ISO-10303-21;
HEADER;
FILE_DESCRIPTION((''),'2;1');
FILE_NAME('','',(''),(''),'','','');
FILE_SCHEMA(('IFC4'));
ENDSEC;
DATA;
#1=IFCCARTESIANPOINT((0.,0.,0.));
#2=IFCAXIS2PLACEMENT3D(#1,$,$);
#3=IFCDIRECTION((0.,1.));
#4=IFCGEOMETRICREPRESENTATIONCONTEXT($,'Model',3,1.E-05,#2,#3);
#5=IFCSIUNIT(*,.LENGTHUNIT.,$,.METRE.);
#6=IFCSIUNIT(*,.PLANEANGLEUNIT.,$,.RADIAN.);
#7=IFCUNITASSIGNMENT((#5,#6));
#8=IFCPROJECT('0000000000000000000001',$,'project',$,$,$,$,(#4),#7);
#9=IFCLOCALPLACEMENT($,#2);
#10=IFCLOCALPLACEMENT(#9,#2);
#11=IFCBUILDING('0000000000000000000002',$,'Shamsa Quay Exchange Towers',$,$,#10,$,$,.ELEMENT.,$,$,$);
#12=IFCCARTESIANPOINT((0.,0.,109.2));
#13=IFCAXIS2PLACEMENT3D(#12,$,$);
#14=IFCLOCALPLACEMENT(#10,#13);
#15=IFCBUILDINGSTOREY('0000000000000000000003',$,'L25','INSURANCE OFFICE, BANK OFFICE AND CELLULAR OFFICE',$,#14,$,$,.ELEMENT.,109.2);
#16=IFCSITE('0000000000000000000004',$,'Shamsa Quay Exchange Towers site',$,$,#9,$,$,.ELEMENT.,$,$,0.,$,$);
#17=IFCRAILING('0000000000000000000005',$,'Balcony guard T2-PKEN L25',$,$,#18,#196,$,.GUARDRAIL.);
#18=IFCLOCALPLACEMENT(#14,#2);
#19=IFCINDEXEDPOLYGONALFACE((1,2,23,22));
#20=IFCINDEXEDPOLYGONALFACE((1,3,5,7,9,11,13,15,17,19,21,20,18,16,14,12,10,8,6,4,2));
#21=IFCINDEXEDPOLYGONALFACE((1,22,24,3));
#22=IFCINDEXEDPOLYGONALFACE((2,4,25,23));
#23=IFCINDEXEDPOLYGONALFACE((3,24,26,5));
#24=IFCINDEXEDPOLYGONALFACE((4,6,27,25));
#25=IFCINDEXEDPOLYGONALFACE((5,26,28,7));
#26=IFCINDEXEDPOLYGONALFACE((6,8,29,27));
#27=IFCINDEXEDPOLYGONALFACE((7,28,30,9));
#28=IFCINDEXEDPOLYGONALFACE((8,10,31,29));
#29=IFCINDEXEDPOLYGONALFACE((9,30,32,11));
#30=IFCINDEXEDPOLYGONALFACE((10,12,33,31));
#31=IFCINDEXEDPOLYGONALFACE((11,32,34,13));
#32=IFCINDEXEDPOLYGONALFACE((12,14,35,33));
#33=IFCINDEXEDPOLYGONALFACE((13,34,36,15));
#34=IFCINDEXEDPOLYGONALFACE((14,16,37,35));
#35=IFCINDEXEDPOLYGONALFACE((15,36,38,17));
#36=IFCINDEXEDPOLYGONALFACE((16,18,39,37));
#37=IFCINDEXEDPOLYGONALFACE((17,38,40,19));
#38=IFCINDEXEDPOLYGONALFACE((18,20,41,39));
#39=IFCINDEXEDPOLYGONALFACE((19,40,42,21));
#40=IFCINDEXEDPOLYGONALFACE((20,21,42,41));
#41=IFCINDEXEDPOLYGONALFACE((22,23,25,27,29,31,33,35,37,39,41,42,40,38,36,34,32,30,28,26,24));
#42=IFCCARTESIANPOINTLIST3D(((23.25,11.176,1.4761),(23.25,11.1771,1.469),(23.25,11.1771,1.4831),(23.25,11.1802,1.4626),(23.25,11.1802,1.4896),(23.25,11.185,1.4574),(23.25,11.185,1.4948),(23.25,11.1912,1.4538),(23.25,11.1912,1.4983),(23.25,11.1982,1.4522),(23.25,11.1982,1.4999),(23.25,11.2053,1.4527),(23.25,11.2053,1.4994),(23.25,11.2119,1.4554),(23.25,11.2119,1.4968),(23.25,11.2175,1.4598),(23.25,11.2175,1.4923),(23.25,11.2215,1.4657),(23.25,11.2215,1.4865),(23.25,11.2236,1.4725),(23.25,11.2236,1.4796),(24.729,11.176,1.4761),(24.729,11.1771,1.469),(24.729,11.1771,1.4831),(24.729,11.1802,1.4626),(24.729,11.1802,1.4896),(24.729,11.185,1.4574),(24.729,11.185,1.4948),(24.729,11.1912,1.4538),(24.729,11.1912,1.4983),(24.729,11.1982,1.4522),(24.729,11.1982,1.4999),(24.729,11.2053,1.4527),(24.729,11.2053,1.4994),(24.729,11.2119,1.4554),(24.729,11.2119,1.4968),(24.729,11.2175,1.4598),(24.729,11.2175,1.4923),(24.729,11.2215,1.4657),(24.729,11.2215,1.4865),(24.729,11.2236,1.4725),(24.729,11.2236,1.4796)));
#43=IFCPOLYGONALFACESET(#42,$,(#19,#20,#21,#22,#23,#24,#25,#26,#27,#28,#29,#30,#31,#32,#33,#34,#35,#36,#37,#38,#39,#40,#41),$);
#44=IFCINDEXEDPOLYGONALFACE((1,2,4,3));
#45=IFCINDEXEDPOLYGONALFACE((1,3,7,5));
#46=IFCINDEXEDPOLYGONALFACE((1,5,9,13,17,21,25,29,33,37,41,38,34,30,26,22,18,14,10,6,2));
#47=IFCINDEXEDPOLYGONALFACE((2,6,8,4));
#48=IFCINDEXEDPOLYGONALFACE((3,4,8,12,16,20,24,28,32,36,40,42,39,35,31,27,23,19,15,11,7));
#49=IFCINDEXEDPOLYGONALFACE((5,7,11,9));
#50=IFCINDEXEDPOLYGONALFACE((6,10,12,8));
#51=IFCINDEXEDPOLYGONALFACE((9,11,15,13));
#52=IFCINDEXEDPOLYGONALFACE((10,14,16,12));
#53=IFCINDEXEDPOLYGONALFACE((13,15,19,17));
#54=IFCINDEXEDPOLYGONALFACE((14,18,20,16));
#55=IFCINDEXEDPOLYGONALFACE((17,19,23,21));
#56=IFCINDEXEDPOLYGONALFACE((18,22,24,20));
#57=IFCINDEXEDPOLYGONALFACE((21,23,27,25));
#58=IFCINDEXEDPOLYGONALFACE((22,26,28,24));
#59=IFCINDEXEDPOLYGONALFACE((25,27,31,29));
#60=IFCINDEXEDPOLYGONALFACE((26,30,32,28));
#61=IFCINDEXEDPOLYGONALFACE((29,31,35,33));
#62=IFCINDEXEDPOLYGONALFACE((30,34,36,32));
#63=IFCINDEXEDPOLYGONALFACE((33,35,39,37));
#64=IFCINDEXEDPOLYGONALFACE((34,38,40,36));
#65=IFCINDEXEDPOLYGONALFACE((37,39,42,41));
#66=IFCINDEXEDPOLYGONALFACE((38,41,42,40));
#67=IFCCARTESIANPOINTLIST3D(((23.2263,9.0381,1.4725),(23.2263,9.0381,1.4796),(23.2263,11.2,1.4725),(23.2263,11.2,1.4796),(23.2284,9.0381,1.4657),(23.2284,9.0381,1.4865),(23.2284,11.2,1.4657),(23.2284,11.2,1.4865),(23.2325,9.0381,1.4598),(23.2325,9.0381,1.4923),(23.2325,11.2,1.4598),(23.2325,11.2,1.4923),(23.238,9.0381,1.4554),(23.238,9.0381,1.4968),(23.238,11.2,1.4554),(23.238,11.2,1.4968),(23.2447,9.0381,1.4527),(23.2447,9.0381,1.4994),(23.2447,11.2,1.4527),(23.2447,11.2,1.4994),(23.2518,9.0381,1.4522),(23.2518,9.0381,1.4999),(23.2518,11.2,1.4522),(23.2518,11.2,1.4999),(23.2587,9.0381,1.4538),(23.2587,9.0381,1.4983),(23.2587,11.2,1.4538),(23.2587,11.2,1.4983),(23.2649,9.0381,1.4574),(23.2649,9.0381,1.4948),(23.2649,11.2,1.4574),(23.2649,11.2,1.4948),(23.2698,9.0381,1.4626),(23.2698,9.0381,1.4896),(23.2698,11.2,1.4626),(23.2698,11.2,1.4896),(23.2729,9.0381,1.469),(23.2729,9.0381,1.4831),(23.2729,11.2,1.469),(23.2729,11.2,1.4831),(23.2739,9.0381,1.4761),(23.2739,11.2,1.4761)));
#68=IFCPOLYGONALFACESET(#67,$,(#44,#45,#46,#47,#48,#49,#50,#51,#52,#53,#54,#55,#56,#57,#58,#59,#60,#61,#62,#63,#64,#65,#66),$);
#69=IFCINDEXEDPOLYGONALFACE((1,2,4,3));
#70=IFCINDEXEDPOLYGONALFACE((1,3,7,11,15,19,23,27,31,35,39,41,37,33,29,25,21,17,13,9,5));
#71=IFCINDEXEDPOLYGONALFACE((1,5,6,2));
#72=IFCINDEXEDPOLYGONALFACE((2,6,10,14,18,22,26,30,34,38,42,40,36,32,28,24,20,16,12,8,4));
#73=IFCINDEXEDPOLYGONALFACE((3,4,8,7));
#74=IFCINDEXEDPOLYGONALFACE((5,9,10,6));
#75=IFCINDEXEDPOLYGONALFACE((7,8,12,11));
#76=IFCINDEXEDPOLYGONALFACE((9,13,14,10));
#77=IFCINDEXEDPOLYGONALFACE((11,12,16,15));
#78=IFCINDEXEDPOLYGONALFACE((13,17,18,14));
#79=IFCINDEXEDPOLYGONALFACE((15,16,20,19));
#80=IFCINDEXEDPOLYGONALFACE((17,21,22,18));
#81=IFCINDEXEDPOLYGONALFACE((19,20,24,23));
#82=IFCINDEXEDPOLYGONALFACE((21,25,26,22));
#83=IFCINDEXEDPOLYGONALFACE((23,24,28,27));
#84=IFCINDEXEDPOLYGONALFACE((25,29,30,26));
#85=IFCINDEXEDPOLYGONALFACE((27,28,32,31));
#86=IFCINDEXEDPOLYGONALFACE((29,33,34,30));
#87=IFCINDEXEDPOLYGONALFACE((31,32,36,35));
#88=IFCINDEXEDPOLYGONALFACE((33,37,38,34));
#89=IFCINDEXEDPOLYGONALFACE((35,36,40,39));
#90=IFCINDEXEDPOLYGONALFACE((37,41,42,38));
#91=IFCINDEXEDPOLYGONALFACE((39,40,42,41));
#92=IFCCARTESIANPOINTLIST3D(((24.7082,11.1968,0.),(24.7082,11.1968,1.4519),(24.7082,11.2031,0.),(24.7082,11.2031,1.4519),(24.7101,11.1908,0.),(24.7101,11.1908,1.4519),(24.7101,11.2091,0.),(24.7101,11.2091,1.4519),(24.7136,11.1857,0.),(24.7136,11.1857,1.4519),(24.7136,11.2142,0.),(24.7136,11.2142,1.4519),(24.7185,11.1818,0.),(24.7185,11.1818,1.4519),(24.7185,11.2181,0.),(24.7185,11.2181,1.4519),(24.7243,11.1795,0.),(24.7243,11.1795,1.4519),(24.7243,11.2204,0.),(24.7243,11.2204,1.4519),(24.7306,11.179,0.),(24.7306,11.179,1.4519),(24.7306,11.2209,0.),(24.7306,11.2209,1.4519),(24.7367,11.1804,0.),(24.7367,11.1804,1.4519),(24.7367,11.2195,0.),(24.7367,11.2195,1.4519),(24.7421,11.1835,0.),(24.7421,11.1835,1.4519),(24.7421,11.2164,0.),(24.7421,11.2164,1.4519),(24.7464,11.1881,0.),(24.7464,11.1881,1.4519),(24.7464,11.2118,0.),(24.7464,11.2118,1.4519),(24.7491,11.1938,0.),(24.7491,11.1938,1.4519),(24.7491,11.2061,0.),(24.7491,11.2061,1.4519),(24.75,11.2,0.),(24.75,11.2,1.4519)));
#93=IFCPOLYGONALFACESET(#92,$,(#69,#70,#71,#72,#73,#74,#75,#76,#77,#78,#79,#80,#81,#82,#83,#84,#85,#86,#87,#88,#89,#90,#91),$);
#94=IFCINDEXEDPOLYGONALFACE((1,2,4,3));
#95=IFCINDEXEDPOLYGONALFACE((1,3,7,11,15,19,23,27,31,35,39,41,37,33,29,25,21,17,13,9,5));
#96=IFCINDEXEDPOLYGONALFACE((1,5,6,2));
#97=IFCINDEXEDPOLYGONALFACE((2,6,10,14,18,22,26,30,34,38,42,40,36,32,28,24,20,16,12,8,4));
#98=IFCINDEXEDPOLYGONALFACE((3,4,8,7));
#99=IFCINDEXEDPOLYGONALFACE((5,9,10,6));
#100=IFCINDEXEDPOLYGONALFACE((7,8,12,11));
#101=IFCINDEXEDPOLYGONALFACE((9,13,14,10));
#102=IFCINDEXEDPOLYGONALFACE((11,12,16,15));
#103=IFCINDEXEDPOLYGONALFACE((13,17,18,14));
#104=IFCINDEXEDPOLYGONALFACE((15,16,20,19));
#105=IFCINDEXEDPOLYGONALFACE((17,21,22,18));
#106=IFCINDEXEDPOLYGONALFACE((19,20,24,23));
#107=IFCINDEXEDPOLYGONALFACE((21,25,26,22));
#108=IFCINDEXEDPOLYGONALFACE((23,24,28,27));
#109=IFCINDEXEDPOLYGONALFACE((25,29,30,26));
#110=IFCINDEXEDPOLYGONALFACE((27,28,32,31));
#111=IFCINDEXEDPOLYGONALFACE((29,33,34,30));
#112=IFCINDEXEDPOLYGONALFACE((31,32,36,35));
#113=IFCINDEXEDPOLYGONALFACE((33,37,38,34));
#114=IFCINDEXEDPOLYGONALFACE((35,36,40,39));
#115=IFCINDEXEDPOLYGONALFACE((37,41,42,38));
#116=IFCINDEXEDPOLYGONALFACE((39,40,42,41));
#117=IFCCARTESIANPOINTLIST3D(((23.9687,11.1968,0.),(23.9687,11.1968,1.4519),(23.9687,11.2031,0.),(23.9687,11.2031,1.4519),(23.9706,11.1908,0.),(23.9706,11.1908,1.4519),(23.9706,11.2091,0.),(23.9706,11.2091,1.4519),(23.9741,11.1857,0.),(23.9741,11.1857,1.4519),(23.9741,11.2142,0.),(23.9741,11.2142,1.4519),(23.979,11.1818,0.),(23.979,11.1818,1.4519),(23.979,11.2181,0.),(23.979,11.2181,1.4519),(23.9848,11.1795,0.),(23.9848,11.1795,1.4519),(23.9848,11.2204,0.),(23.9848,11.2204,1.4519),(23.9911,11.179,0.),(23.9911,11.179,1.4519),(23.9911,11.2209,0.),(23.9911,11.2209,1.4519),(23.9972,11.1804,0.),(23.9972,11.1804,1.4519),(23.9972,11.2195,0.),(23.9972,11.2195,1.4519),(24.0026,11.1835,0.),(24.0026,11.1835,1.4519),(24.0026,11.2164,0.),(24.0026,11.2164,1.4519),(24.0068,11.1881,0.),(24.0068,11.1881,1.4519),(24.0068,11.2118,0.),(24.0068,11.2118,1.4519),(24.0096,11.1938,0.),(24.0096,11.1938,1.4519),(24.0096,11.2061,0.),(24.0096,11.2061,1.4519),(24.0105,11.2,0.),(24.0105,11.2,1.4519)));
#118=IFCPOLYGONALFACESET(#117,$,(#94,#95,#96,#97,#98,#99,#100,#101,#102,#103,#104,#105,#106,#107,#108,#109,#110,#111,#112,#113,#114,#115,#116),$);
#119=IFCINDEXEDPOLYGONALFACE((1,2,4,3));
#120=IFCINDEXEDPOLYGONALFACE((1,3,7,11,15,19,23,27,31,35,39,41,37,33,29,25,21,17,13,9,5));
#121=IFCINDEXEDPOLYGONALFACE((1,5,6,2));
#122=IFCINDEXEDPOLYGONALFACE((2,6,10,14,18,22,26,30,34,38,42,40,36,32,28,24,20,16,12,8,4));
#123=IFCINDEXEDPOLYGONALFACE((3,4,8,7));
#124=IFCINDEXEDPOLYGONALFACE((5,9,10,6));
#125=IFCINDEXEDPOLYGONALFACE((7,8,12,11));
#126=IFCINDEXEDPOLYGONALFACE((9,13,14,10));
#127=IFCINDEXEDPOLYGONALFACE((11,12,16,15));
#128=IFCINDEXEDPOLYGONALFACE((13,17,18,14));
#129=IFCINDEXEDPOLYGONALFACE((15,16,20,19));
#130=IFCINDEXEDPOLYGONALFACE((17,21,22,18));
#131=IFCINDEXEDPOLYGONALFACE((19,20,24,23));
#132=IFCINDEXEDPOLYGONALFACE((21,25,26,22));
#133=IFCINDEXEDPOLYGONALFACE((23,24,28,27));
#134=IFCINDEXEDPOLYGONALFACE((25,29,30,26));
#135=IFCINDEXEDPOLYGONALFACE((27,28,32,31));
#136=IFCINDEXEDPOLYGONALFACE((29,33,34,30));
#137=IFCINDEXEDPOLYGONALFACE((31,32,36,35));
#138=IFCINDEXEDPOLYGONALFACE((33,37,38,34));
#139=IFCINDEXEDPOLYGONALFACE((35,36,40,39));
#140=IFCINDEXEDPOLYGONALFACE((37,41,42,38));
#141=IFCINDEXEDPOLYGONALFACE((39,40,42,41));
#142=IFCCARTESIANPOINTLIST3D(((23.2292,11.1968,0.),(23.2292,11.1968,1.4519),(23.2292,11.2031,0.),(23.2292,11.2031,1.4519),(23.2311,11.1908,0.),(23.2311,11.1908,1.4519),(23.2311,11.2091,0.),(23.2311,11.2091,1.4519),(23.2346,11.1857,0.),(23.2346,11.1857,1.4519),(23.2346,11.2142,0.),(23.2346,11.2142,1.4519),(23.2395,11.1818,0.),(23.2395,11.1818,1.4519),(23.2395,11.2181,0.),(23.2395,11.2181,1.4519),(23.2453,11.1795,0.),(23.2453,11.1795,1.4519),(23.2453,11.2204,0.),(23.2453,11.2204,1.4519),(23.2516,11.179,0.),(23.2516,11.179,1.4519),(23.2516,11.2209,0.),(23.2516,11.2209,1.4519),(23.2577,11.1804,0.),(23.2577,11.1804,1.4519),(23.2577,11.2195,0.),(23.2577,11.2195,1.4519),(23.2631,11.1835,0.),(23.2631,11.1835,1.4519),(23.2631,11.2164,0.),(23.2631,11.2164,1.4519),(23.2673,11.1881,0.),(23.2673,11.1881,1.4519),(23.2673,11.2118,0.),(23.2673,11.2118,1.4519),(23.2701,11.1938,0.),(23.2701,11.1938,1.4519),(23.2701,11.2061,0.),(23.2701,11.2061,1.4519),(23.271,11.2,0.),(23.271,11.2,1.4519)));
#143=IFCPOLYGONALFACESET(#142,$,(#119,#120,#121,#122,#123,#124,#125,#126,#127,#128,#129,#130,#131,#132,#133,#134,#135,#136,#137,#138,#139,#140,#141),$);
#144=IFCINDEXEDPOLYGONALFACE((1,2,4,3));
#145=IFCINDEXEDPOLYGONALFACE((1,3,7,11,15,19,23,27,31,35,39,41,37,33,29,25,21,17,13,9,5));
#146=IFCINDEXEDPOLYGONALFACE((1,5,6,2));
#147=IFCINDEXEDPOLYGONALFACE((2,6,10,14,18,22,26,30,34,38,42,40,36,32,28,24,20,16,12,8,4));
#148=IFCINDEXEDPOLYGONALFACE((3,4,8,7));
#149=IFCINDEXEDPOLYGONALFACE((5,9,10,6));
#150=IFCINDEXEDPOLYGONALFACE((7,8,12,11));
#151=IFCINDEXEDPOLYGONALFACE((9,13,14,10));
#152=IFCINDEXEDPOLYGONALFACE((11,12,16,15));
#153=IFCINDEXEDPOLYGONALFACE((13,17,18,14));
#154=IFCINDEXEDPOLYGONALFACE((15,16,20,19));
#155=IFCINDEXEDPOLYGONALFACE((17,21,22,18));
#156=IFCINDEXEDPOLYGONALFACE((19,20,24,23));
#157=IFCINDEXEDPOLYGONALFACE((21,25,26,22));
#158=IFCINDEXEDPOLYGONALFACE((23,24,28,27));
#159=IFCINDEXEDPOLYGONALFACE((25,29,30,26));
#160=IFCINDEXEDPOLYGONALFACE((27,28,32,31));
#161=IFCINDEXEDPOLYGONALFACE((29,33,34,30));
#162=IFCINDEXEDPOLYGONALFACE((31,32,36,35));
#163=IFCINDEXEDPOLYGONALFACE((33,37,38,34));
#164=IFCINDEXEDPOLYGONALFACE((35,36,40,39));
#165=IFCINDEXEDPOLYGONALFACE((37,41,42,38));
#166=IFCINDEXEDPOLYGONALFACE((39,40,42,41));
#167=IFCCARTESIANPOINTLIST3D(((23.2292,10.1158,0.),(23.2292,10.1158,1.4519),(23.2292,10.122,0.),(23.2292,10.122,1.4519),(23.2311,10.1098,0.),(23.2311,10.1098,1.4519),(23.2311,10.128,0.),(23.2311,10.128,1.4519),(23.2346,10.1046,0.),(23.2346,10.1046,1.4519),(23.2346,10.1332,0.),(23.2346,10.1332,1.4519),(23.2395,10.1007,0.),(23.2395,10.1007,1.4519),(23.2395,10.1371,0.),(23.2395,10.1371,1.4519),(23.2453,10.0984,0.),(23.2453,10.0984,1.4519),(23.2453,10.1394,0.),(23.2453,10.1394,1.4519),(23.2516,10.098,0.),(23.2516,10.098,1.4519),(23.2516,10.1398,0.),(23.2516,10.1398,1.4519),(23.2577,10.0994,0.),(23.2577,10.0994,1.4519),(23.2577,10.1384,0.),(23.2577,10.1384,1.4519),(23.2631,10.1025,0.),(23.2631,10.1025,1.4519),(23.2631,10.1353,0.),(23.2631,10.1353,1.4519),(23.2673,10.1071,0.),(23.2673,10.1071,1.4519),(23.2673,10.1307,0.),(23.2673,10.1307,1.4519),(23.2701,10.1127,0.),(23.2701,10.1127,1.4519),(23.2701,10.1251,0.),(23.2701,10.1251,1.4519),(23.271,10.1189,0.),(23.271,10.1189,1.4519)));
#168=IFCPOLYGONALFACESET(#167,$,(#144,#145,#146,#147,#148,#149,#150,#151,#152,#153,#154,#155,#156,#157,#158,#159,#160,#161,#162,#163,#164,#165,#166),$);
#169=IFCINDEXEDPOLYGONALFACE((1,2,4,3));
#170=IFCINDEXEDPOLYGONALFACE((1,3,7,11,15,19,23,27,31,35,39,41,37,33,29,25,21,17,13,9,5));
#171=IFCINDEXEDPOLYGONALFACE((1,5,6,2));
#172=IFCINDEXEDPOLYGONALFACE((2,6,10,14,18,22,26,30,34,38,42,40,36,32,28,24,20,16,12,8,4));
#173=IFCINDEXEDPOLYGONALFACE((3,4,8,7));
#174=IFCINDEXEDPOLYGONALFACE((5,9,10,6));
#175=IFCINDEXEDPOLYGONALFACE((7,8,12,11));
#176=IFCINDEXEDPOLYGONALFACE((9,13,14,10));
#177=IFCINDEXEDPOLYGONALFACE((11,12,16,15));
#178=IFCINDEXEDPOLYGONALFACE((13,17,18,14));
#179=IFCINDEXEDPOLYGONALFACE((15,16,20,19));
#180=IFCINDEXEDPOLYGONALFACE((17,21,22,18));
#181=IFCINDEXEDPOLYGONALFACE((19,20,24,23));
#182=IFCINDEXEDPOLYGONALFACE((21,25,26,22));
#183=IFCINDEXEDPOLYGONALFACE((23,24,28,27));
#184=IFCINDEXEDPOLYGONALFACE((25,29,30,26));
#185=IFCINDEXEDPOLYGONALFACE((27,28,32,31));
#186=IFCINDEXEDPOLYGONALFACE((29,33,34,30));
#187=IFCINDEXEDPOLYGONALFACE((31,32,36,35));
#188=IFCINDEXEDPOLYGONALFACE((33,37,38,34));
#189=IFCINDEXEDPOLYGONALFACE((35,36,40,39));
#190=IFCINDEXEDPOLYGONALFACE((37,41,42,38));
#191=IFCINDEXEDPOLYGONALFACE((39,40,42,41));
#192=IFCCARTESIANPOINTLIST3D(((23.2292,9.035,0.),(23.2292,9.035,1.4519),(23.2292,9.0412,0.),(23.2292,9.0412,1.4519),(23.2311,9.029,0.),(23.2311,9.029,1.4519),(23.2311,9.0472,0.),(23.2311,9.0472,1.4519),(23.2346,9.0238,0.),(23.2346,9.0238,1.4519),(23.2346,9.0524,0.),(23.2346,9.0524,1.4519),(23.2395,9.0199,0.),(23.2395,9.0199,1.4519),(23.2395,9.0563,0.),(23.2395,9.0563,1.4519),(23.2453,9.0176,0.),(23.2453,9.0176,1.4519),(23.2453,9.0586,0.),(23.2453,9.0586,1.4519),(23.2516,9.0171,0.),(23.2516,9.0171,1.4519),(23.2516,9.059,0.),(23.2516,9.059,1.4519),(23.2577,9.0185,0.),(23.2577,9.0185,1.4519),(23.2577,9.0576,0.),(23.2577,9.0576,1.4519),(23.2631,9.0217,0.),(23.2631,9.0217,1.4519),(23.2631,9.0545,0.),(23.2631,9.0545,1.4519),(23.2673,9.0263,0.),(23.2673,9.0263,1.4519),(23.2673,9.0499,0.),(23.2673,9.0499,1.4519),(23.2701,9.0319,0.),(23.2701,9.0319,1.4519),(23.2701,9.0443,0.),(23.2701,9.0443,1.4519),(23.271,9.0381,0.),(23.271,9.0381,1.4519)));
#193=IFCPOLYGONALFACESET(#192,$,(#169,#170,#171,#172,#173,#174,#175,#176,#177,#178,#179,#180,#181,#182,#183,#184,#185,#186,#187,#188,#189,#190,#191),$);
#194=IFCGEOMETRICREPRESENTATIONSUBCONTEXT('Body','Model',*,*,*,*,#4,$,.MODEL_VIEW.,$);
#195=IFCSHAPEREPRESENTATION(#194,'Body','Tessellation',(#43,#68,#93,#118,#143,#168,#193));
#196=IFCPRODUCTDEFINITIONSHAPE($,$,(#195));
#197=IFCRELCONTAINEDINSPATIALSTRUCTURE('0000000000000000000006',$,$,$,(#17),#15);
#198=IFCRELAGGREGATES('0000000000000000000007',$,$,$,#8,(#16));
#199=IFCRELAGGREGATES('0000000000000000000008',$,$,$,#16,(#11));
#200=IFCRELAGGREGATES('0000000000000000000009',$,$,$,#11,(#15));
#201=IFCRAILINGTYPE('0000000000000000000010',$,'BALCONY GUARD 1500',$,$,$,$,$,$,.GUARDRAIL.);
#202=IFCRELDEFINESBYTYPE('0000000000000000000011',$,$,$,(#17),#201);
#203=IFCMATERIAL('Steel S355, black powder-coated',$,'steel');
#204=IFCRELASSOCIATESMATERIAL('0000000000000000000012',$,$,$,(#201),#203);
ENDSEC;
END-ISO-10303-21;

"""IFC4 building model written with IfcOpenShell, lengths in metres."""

from ifc_helpers import new_model, si_unit, direction, frame, origin, origin_2d, place, context, subcontext, project, spatial, circle, extrude, material, type_object, element, save


model = new_model("IFC4")

# Units and contexts
model_context = context("Model", 3, precision=1e-05, world=origin(), true_north=direction((0.0, 1.0)))
body_context = subcontext(model_context, "Body", "Model", "MODEL_VIEW")
ifc_project = project(units=[si_unit("LENGTHUNIT", "METRE"), si_unit("PLANEANGLEUNIT", "RADIAN")], contexts=[model_context])

# Site, building, storey
site_placement = place(None, origin())
site = spatial("IfcSite", under=ifc_project, at=site_placement, Name="Shamsa Quay Exchange Towers site", CompositionType="ELEMENT", RefElevation=0.0)
building_placement = place(site_placement, origin())
building = spatial("IfcBuilding", under=site, at=building_placement, Name="Shamsa Quay Exchange Towers", CompositionType="ELEMENT")
storey_placement = place(building_placement, frame((0.0, 0.0, 109.2)))
storey = spatial("IfcBuildingStorey", under=building, at=storey_placement, Name="L25", Description="INSURANCE OFFICE, BANK OFFICE AND CELLULAR OFFICE", CompositionType="ELEMENT", Elevation=109.2)

# Railing
ifc_material_1 = material(Name="Steel S355, black powder-coated", Category="steel")
railing_type = type_object("IfcRailingType", Name="BALCONY GUARD 1500", PredefinedType="GUARDRAIL", material=ifc_material_1)
for number, where, name in (
    (1, (24.729, 11.2, 0.0), "Balcony guard T2-PKEN L25"),
):
    element("IfcRailing", number, at=place(storey_placement, frame(where)), inside=storey, type_object=railing_type, Name=name, PredefinedType="GUARDRAIL", context=body_context, shape_type="SweptSolid", body=[
        extrude(circle(Radius=0.0239, at=origin_2d()), frame((0.0, 0.0, 1.4761), z_axis=(-1.0, 0.0, 0.0), x_axis=(0.0, -1.0, 0.0)), (0.0, 0.0, 1.0), 1.479),
        extrude(circle(Radius=0.0239, at=origin_2d()), frame((-1.479, 0.0, 1.4761), z_axis=(0.0, -1.0, 0.0), x_axis=(1.0, 0.0, 0.0)), (0.0, 0.0, 1.0), 2.1619),
        extrude(circle(Radius=0.021, at=origin_2d()), origin(), (0.0, 0.0, 1.0), 1.4519),
        extrude(circle(Radius=0.021, at=origin_2d()), frame((-0.7395, 0.0, 0.0)), (0.0, 0.0, 1.0), 1.4519),
        extrude(circle(Radius=0.021, at=origin_2d()), frame((-1.479, 0.0, 0.0)), (0.0, 0.0, 1.0), 1.4519),
        extrude(circle(Radius=0.021, at=origin_2d()), frame((-1.479, -1.0811, 0.0)), (0.0, 0.0, 1.0), 1.4519),
        extrude(circle(Radius=0.021, at=origin_2d()), frame((-1.479, -2.1619, 0.0)), (0.0, 0.0, 1.0), 1.4519),
    ])

save(model, "model.ifc")
